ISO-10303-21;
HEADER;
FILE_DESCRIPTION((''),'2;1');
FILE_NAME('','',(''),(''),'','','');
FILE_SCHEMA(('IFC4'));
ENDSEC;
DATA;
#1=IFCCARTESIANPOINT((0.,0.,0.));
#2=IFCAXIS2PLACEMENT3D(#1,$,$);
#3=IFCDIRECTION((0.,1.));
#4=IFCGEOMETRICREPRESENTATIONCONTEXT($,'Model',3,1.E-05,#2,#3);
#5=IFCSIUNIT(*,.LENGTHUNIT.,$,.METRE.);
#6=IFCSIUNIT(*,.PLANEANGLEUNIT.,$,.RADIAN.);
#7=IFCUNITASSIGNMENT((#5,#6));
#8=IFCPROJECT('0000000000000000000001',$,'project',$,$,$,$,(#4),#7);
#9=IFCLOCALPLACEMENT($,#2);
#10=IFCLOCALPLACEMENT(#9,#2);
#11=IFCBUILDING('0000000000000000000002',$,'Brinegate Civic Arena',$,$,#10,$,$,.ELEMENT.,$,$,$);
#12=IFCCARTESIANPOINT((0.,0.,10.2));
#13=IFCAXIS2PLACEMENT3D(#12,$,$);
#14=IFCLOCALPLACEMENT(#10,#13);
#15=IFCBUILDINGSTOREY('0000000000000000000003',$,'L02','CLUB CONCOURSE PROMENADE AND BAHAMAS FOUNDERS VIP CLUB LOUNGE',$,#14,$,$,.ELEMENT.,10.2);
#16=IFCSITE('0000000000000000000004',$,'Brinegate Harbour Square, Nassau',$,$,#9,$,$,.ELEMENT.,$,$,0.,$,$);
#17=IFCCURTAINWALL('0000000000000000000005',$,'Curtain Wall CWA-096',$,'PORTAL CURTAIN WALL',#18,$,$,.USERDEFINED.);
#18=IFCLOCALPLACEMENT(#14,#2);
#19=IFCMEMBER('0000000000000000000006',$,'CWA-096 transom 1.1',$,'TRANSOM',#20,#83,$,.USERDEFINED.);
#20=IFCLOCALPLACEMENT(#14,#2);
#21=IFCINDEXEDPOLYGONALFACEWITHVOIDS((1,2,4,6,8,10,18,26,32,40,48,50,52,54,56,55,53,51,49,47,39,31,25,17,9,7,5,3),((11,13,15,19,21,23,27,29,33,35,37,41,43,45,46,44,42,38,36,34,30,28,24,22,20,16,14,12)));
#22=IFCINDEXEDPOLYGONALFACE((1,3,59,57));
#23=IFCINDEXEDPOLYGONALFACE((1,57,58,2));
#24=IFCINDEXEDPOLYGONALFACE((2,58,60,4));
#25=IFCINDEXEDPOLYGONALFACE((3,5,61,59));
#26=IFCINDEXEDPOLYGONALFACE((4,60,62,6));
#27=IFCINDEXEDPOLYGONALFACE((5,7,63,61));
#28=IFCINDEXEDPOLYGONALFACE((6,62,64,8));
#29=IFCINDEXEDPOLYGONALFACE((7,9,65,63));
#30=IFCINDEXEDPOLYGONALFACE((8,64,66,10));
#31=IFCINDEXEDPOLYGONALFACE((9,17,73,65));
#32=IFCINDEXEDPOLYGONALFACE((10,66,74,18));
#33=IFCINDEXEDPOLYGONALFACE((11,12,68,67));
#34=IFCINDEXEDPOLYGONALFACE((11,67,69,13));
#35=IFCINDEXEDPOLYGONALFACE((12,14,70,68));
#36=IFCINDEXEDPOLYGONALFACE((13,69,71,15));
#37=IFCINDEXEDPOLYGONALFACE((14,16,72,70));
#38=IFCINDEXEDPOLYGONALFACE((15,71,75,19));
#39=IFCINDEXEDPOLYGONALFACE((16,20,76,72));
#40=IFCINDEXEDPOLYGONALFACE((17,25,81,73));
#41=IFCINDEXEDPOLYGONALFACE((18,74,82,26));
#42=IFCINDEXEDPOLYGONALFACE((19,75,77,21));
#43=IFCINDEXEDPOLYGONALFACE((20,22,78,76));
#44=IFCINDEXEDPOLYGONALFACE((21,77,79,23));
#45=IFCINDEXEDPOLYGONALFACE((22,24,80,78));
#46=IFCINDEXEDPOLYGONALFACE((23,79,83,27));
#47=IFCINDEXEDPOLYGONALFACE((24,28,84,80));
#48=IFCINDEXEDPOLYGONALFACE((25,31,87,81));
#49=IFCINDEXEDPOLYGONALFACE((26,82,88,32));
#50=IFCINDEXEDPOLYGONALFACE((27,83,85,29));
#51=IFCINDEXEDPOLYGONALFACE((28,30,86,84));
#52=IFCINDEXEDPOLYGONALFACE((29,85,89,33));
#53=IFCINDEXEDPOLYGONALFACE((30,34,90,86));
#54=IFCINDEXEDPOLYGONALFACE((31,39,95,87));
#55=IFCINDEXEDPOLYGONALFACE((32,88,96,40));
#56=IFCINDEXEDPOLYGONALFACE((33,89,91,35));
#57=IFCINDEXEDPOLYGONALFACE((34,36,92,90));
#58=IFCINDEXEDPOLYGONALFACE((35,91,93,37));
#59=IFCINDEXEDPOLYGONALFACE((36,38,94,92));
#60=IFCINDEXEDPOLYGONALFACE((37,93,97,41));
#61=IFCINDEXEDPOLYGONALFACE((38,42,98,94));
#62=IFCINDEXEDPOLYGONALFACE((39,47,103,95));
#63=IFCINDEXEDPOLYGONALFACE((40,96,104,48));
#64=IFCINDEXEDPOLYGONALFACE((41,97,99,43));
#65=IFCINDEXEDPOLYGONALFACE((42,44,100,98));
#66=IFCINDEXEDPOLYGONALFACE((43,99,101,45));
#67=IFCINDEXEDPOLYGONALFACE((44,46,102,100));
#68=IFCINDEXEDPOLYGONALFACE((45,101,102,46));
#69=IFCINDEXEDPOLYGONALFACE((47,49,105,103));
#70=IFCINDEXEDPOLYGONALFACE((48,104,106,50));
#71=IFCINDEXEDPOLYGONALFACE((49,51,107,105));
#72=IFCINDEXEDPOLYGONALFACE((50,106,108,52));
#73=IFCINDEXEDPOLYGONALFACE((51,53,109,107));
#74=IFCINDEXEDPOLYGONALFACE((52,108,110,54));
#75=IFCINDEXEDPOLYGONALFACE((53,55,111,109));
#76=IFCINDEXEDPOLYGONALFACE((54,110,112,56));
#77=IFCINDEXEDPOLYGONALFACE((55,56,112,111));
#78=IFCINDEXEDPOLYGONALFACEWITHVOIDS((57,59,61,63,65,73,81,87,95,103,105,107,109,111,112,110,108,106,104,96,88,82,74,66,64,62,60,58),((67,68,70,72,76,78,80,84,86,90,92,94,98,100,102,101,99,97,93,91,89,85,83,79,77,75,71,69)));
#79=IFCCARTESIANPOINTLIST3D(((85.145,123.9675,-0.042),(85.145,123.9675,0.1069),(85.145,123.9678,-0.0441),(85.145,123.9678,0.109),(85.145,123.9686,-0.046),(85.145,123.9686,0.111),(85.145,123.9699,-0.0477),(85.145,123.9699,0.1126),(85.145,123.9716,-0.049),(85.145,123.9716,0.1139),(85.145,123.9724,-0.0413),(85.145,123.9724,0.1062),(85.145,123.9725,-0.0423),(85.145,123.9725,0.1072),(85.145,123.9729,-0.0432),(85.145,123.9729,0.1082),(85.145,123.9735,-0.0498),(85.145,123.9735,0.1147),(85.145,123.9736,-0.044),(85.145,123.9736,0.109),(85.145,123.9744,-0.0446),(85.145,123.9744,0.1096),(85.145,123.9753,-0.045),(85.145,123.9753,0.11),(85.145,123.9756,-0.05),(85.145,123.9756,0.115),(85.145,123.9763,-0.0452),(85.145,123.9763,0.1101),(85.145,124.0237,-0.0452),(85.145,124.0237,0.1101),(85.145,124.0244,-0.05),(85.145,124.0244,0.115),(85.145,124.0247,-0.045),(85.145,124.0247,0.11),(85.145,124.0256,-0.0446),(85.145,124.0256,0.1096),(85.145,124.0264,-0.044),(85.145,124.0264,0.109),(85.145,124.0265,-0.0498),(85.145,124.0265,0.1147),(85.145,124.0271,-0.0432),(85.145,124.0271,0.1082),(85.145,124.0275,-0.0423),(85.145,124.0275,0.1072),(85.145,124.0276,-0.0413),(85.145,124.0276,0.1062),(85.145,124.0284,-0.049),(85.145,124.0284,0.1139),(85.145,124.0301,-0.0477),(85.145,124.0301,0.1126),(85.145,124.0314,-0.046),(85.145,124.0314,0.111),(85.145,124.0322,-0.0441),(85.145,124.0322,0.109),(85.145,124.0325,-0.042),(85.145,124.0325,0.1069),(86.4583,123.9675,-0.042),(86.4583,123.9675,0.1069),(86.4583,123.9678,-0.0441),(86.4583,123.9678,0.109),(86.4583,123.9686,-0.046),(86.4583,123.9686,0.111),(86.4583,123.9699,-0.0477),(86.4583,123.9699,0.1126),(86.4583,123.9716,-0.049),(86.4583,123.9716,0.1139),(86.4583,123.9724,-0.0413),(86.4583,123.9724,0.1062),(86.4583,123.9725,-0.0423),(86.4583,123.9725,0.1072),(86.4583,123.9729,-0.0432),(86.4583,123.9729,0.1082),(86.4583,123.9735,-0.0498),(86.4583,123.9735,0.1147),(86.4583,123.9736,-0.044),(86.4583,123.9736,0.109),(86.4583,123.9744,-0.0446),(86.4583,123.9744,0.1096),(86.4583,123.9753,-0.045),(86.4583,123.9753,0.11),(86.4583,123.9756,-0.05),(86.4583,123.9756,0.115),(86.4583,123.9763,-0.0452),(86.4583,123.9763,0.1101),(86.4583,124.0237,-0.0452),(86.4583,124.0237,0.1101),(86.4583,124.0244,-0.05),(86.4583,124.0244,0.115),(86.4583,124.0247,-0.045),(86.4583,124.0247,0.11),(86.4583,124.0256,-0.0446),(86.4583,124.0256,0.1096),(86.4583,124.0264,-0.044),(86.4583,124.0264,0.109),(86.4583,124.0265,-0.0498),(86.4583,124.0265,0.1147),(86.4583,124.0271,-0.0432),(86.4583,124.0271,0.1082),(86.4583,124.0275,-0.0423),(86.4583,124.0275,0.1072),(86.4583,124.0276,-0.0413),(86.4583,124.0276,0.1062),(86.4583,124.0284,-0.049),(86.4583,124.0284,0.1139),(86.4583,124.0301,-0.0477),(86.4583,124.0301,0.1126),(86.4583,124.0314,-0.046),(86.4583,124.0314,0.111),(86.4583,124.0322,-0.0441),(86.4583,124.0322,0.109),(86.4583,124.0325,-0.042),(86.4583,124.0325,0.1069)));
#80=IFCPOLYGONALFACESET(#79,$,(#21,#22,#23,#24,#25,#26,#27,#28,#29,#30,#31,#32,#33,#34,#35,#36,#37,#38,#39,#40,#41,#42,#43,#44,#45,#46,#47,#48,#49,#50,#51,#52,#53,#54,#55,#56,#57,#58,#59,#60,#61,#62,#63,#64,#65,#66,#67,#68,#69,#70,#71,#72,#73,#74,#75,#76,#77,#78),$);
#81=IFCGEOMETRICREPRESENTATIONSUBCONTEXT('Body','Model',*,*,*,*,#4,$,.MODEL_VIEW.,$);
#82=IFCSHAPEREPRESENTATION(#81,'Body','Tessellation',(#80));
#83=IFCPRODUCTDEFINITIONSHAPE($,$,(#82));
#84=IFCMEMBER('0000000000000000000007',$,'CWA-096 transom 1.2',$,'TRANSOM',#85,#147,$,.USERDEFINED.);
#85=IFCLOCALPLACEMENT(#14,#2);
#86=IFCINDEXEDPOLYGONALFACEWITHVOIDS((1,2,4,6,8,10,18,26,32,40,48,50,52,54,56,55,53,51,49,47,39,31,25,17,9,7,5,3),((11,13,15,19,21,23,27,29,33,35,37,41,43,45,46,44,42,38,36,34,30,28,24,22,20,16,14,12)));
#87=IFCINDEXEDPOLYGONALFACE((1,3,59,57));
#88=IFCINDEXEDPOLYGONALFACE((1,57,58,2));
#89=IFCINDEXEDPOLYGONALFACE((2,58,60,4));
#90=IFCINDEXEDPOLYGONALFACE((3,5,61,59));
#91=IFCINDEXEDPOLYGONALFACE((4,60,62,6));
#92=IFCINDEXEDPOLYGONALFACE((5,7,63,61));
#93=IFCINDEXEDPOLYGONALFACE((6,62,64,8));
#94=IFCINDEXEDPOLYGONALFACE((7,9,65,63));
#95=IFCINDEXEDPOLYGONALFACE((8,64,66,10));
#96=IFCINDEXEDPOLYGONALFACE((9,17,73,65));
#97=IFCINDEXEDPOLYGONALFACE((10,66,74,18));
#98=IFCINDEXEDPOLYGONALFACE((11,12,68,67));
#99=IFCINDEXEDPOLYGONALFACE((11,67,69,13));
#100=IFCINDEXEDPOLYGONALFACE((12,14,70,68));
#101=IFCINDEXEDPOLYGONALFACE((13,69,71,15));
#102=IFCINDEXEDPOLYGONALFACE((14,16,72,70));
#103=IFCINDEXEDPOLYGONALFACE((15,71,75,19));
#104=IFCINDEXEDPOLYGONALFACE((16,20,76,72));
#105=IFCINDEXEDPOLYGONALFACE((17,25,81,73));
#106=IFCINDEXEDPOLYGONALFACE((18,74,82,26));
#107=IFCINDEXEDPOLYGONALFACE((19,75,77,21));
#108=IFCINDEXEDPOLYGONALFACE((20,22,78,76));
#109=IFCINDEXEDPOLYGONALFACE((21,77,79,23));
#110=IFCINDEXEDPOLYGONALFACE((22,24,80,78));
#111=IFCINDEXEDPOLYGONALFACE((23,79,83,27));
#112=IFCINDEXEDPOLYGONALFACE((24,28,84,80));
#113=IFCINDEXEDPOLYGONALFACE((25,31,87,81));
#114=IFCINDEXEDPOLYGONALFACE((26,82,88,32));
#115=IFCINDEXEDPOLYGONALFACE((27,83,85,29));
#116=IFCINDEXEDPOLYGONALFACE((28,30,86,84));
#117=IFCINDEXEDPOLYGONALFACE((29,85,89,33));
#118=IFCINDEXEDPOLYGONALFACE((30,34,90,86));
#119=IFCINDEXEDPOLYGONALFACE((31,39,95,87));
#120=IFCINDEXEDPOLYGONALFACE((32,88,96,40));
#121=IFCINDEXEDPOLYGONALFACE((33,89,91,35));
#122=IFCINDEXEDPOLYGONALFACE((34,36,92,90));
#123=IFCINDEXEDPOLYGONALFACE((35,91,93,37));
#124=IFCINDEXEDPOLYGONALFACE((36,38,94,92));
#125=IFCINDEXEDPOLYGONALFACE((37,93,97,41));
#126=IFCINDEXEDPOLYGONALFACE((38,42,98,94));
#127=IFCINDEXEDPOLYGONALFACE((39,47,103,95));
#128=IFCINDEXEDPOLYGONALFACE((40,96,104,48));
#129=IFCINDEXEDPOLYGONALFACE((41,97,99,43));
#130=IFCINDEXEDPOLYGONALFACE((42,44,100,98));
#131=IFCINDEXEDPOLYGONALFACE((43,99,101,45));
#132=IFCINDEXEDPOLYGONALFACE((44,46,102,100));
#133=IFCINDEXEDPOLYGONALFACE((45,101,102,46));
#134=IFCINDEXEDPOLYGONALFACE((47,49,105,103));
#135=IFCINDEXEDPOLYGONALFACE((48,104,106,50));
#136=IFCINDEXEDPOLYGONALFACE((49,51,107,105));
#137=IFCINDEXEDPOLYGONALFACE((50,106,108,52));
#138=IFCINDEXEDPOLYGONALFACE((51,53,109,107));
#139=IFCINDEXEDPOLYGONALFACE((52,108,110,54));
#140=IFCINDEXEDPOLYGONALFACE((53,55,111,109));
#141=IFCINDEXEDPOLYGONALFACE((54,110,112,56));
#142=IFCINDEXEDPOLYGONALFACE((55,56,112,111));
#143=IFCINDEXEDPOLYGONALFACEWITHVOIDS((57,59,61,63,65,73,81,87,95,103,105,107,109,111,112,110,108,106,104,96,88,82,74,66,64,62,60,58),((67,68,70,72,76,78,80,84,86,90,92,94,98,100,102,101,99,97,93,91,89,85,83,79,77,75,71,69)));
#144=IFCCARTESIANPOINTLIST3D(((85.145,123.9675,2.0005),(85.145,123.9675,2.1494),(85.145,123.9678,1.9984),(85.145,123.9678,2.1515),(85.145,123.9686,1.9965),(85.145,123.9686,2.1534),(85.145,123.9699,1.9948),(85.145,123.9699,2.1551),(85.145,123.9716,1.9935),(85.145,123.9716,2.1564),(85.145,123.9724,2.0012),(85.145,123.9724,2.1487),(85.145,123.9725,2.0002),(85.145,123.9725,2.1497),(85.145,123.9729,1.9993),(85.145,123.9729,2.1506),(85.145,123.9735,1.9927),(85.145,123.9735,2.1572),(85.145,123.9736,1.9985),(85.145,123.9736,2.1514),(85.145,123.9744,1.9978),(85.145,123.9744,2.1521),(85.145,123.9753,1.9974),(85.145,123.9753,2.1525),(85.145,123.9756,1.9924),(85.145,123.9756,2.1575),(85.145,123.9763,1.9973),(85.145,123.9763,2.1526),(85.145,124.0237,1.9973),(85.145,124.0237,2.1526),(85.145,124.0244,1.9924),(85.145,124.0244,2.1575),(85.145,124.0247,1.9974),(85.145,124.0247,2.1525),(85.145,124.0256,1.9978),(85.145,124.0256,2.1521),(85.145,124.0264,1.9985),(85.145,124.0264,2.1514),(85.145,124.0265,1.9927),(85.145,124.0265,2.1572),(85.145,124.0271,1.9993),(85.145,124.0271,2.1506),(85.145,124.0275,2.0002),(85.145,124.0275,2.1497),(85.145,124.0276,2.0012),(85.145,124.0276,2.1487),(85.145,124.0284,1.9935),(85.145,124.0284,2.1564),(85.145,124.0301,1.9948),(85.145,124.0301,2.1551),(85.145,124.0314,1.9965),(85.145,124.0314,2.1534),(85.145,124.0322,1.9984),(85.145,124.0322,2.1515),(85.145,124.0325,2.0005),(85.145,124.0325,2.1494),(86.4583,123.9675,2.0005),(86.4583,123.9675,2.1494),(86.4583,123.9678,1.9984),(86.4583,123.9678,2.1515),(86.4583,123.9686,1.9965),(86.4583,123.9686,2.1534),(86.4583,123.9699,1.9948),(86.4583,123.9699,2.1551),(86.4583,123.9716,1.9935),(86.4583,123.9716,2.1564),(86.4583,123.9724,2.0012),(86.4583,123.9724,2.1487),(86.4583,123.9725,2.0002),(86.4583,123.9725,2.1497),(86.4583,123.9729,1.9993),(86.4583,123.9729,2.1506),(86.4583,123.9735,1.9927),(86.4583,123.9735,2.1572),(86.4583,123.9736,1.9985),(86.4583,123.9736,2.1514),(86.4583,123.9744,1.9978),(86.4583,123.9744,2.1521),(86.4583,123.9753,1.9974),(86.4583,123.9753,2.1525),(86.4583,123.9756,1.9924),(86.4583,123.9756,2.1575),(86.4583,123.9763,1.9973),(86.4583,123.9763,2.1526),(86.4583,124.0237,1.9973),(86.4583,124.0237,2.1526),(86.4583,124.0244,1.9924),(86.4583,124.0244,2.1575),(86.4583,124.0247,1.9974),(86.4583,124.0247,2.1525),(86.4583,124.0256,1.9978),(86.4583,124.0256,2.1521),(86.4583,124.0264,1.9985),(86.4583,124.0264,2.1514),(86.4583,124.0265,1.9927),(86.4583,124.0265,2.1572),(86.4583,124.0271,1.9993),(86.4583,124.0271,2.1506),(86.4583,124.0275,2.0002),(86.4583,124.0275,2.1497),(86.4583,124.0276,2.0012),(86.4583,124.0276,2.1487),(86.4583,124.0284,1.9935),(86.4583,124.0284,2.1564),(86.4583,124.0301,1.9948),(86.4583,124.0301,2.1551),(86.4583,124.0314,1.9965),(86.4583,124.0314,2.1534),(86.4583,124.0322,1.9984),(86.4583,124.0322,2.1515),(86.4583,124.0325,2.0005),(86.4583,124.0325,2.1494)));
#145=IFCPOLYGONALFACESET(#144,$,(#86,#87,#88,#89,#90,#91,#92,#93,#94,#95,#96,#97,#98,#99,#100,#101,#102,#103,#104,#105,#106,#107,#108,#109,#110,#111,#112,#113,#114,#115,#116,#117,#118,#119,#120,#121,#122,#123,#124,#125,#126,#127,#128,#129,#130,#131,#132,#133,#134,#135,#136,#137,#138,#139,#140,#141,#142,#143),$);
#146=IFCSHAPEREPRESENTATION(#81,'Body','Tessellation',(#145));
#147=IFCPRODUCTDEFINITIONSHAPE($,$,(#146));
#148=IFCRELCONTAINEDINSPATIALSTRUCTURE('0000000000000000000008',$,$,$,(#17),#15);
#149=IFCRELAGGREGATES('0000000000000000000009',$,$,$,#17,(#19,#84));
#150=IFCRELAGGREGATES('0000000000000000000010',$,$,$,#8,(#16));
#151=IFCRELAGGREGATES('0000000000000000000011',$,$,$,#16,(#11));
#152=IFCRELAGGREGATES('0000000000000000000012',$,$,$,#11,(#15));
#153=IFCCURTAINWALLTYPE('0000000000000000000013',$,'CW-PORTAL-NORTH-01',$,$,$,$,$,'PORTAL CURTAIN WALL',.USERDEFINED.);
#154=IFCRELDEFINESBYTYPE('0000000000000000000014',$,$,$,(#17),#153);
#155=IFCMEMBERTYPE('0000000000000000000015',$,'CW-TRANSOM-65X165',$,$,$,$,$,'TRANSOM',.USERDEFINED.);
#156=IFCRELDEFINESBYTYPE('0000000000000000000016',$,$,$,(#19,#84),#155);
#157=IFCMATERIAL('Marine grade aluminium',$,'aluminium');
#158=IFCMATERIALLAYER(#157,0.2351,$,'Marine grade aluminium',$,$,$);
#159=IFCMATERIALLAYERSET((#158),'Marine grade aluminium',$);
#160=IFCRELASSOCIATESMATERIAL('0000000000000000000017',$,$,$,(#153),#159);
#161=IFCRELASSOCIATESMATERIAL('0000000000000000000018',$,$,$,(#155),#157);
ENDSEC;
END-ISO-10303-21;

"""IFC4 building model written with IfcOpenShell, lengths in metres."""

from ifc_helpers import new_model, si_unit, direction, frame, origin, origin_2d, place, context, subcontext, project, spatial, hollow_rectangle, extrude, material, layer, layer_set, material_profile, profile_set, type_object, element, aggregate, save


model = new_model("IFC4")

# Units and contexts
model_context = context("Model", 3, precision=1e-05, world=origin(), true_north=direction((0.0, 1.0)))
body_context = subcontext(model_context, "Body", "Model", "MODEL_VIEW")
ifc_project = project(units=[si_unit("LENGTHUNIT", "METRE"), si_unit("PLANEANGLEUNIT", "RADIAN")], contexts=[model_context])

# Site, building, storey
site_placement = place(None, origin())
site = spatial("IfcSite", under=ifc_project, at=site_placement, Name="Brinegate Harbour Square, Nassau", CompositionType="ELEMENT", RefElevation=0.0)
building_placement = place(site_placement, origin())
building = spatial("IfcBuilding", under=site, at=building_placement, Name="Brinegate Civic Arena", CompositionType="ELEMENT")
storey_placement = place(building_placement, frame((0.0, 0.0, 10.2)))
storey = spatial("IfcBuildingStorey", under=building, at=storey_placement, Name="L02", Description="CLUB CONCOURSE PROMENADE AND BAHAMAS FOUNDERS VIP CLUB LOUNGE", CompositionType="ELEMENT", Elevation=10.2)

# Curtain wall, members
ifc_material_1 = material(Name="Marine grade aluminium", Category="aluminium")
ifc_layer_1 = layer(ifc_material_1, 0.2351, Name="Marine grade aluminium")
ifc_layer_set_1 = layer_set([ifc_layer_1], Name="Marine grade aluminium")
curtain_wall_type = type_object("IfcCurtainWallType", Name="CW-PORTAL-NORTH-01", ElementType="PORTAL CURTAIN WALL", PredefinedType="USERDEFINED", material=ifc_layer_set_1)
curtain_wall_placement = place(storey_placement, origin())
curtain_wall = element("IfcCurtainWall", 1, at=curtain_wall_placement, inside=storey, type_object=curtain_wall_type, Name="Curtain Wall CWA-096", ObjectType="PORTAL CURTAIN WALL", PredefinedType="USERDEFINED")
ifc_material_profile_1 = material_profile(ifc_material_1, hollow_rectangle(XDim=0.0649, YDim=0.165, WallThickness=0.0049, InnerFilletRadius=0.0039, OuterFilletRadius=0.0081, at=origin_2d()), Name="TRN65X165")
ifc_profile_set_1 = profile_set([ifc_material_profile_1], Name="Marine grade aluminium")
member_type_1 = type_object("IfcMemberType", Name="CW-TRANSOM-65X165", ElementType="TRANSOM", PredefinedType="USERDEFINED", material=ifc_profile_set_1)
member_1_placement = place(storey_placement, frame((85.145, 124.0, 0.0325), z_axis=(1.0, 0.0, 0.0), x_axis=(0.0, 1.0, 0.0)))
member_1 = element("IfcMember", 2, at=member_1_placement, type_object=member_type_1, Name="CWA-096 transom 1.1", ObjectType="TRANSOM", PredefinedType="USERDEFINED", context=body_context, shape_type="SweptSolid", body=[
    extrude(hollow_rectangle(XDim=0.0649, YDim=0.165, WallThickness=0.0049, InnerFilletRadius=0.0039, OuterFilletRadius=0.0081, at=origin_2d()), origin(), (0.0, 0.0, 1.0), 1.3132),
])
member_2_placement = place(storey_placement, frame((85.145, 124.0, 2.075), z_axis=(1.0, 0.0, 0.0), x_axis=(0.0, 1.0, 0.0)))
member_2 = element("IfcMember", 3, at=member_2_placement, type_object=member_type_1, Name="CWA-096 transom 1.2", ObjectType="TRANSOM", PredefinedType="USERDEFINED", context=body_context, shape_type="SweptSolid", body=[
    extrude(hollow_rectangle(XDim=0.0649, YDim=0.165, WallThickness=0.0049, InnerFilletRadius=0.0039, OuterFilletRadius=0.0081, at=origin_2d()), origin(), (0.0, 0.0, 1.0), 1.3132),
])

aggregate(curtain_wall, [member_1, member_2])

save(model, "model.ifc")
